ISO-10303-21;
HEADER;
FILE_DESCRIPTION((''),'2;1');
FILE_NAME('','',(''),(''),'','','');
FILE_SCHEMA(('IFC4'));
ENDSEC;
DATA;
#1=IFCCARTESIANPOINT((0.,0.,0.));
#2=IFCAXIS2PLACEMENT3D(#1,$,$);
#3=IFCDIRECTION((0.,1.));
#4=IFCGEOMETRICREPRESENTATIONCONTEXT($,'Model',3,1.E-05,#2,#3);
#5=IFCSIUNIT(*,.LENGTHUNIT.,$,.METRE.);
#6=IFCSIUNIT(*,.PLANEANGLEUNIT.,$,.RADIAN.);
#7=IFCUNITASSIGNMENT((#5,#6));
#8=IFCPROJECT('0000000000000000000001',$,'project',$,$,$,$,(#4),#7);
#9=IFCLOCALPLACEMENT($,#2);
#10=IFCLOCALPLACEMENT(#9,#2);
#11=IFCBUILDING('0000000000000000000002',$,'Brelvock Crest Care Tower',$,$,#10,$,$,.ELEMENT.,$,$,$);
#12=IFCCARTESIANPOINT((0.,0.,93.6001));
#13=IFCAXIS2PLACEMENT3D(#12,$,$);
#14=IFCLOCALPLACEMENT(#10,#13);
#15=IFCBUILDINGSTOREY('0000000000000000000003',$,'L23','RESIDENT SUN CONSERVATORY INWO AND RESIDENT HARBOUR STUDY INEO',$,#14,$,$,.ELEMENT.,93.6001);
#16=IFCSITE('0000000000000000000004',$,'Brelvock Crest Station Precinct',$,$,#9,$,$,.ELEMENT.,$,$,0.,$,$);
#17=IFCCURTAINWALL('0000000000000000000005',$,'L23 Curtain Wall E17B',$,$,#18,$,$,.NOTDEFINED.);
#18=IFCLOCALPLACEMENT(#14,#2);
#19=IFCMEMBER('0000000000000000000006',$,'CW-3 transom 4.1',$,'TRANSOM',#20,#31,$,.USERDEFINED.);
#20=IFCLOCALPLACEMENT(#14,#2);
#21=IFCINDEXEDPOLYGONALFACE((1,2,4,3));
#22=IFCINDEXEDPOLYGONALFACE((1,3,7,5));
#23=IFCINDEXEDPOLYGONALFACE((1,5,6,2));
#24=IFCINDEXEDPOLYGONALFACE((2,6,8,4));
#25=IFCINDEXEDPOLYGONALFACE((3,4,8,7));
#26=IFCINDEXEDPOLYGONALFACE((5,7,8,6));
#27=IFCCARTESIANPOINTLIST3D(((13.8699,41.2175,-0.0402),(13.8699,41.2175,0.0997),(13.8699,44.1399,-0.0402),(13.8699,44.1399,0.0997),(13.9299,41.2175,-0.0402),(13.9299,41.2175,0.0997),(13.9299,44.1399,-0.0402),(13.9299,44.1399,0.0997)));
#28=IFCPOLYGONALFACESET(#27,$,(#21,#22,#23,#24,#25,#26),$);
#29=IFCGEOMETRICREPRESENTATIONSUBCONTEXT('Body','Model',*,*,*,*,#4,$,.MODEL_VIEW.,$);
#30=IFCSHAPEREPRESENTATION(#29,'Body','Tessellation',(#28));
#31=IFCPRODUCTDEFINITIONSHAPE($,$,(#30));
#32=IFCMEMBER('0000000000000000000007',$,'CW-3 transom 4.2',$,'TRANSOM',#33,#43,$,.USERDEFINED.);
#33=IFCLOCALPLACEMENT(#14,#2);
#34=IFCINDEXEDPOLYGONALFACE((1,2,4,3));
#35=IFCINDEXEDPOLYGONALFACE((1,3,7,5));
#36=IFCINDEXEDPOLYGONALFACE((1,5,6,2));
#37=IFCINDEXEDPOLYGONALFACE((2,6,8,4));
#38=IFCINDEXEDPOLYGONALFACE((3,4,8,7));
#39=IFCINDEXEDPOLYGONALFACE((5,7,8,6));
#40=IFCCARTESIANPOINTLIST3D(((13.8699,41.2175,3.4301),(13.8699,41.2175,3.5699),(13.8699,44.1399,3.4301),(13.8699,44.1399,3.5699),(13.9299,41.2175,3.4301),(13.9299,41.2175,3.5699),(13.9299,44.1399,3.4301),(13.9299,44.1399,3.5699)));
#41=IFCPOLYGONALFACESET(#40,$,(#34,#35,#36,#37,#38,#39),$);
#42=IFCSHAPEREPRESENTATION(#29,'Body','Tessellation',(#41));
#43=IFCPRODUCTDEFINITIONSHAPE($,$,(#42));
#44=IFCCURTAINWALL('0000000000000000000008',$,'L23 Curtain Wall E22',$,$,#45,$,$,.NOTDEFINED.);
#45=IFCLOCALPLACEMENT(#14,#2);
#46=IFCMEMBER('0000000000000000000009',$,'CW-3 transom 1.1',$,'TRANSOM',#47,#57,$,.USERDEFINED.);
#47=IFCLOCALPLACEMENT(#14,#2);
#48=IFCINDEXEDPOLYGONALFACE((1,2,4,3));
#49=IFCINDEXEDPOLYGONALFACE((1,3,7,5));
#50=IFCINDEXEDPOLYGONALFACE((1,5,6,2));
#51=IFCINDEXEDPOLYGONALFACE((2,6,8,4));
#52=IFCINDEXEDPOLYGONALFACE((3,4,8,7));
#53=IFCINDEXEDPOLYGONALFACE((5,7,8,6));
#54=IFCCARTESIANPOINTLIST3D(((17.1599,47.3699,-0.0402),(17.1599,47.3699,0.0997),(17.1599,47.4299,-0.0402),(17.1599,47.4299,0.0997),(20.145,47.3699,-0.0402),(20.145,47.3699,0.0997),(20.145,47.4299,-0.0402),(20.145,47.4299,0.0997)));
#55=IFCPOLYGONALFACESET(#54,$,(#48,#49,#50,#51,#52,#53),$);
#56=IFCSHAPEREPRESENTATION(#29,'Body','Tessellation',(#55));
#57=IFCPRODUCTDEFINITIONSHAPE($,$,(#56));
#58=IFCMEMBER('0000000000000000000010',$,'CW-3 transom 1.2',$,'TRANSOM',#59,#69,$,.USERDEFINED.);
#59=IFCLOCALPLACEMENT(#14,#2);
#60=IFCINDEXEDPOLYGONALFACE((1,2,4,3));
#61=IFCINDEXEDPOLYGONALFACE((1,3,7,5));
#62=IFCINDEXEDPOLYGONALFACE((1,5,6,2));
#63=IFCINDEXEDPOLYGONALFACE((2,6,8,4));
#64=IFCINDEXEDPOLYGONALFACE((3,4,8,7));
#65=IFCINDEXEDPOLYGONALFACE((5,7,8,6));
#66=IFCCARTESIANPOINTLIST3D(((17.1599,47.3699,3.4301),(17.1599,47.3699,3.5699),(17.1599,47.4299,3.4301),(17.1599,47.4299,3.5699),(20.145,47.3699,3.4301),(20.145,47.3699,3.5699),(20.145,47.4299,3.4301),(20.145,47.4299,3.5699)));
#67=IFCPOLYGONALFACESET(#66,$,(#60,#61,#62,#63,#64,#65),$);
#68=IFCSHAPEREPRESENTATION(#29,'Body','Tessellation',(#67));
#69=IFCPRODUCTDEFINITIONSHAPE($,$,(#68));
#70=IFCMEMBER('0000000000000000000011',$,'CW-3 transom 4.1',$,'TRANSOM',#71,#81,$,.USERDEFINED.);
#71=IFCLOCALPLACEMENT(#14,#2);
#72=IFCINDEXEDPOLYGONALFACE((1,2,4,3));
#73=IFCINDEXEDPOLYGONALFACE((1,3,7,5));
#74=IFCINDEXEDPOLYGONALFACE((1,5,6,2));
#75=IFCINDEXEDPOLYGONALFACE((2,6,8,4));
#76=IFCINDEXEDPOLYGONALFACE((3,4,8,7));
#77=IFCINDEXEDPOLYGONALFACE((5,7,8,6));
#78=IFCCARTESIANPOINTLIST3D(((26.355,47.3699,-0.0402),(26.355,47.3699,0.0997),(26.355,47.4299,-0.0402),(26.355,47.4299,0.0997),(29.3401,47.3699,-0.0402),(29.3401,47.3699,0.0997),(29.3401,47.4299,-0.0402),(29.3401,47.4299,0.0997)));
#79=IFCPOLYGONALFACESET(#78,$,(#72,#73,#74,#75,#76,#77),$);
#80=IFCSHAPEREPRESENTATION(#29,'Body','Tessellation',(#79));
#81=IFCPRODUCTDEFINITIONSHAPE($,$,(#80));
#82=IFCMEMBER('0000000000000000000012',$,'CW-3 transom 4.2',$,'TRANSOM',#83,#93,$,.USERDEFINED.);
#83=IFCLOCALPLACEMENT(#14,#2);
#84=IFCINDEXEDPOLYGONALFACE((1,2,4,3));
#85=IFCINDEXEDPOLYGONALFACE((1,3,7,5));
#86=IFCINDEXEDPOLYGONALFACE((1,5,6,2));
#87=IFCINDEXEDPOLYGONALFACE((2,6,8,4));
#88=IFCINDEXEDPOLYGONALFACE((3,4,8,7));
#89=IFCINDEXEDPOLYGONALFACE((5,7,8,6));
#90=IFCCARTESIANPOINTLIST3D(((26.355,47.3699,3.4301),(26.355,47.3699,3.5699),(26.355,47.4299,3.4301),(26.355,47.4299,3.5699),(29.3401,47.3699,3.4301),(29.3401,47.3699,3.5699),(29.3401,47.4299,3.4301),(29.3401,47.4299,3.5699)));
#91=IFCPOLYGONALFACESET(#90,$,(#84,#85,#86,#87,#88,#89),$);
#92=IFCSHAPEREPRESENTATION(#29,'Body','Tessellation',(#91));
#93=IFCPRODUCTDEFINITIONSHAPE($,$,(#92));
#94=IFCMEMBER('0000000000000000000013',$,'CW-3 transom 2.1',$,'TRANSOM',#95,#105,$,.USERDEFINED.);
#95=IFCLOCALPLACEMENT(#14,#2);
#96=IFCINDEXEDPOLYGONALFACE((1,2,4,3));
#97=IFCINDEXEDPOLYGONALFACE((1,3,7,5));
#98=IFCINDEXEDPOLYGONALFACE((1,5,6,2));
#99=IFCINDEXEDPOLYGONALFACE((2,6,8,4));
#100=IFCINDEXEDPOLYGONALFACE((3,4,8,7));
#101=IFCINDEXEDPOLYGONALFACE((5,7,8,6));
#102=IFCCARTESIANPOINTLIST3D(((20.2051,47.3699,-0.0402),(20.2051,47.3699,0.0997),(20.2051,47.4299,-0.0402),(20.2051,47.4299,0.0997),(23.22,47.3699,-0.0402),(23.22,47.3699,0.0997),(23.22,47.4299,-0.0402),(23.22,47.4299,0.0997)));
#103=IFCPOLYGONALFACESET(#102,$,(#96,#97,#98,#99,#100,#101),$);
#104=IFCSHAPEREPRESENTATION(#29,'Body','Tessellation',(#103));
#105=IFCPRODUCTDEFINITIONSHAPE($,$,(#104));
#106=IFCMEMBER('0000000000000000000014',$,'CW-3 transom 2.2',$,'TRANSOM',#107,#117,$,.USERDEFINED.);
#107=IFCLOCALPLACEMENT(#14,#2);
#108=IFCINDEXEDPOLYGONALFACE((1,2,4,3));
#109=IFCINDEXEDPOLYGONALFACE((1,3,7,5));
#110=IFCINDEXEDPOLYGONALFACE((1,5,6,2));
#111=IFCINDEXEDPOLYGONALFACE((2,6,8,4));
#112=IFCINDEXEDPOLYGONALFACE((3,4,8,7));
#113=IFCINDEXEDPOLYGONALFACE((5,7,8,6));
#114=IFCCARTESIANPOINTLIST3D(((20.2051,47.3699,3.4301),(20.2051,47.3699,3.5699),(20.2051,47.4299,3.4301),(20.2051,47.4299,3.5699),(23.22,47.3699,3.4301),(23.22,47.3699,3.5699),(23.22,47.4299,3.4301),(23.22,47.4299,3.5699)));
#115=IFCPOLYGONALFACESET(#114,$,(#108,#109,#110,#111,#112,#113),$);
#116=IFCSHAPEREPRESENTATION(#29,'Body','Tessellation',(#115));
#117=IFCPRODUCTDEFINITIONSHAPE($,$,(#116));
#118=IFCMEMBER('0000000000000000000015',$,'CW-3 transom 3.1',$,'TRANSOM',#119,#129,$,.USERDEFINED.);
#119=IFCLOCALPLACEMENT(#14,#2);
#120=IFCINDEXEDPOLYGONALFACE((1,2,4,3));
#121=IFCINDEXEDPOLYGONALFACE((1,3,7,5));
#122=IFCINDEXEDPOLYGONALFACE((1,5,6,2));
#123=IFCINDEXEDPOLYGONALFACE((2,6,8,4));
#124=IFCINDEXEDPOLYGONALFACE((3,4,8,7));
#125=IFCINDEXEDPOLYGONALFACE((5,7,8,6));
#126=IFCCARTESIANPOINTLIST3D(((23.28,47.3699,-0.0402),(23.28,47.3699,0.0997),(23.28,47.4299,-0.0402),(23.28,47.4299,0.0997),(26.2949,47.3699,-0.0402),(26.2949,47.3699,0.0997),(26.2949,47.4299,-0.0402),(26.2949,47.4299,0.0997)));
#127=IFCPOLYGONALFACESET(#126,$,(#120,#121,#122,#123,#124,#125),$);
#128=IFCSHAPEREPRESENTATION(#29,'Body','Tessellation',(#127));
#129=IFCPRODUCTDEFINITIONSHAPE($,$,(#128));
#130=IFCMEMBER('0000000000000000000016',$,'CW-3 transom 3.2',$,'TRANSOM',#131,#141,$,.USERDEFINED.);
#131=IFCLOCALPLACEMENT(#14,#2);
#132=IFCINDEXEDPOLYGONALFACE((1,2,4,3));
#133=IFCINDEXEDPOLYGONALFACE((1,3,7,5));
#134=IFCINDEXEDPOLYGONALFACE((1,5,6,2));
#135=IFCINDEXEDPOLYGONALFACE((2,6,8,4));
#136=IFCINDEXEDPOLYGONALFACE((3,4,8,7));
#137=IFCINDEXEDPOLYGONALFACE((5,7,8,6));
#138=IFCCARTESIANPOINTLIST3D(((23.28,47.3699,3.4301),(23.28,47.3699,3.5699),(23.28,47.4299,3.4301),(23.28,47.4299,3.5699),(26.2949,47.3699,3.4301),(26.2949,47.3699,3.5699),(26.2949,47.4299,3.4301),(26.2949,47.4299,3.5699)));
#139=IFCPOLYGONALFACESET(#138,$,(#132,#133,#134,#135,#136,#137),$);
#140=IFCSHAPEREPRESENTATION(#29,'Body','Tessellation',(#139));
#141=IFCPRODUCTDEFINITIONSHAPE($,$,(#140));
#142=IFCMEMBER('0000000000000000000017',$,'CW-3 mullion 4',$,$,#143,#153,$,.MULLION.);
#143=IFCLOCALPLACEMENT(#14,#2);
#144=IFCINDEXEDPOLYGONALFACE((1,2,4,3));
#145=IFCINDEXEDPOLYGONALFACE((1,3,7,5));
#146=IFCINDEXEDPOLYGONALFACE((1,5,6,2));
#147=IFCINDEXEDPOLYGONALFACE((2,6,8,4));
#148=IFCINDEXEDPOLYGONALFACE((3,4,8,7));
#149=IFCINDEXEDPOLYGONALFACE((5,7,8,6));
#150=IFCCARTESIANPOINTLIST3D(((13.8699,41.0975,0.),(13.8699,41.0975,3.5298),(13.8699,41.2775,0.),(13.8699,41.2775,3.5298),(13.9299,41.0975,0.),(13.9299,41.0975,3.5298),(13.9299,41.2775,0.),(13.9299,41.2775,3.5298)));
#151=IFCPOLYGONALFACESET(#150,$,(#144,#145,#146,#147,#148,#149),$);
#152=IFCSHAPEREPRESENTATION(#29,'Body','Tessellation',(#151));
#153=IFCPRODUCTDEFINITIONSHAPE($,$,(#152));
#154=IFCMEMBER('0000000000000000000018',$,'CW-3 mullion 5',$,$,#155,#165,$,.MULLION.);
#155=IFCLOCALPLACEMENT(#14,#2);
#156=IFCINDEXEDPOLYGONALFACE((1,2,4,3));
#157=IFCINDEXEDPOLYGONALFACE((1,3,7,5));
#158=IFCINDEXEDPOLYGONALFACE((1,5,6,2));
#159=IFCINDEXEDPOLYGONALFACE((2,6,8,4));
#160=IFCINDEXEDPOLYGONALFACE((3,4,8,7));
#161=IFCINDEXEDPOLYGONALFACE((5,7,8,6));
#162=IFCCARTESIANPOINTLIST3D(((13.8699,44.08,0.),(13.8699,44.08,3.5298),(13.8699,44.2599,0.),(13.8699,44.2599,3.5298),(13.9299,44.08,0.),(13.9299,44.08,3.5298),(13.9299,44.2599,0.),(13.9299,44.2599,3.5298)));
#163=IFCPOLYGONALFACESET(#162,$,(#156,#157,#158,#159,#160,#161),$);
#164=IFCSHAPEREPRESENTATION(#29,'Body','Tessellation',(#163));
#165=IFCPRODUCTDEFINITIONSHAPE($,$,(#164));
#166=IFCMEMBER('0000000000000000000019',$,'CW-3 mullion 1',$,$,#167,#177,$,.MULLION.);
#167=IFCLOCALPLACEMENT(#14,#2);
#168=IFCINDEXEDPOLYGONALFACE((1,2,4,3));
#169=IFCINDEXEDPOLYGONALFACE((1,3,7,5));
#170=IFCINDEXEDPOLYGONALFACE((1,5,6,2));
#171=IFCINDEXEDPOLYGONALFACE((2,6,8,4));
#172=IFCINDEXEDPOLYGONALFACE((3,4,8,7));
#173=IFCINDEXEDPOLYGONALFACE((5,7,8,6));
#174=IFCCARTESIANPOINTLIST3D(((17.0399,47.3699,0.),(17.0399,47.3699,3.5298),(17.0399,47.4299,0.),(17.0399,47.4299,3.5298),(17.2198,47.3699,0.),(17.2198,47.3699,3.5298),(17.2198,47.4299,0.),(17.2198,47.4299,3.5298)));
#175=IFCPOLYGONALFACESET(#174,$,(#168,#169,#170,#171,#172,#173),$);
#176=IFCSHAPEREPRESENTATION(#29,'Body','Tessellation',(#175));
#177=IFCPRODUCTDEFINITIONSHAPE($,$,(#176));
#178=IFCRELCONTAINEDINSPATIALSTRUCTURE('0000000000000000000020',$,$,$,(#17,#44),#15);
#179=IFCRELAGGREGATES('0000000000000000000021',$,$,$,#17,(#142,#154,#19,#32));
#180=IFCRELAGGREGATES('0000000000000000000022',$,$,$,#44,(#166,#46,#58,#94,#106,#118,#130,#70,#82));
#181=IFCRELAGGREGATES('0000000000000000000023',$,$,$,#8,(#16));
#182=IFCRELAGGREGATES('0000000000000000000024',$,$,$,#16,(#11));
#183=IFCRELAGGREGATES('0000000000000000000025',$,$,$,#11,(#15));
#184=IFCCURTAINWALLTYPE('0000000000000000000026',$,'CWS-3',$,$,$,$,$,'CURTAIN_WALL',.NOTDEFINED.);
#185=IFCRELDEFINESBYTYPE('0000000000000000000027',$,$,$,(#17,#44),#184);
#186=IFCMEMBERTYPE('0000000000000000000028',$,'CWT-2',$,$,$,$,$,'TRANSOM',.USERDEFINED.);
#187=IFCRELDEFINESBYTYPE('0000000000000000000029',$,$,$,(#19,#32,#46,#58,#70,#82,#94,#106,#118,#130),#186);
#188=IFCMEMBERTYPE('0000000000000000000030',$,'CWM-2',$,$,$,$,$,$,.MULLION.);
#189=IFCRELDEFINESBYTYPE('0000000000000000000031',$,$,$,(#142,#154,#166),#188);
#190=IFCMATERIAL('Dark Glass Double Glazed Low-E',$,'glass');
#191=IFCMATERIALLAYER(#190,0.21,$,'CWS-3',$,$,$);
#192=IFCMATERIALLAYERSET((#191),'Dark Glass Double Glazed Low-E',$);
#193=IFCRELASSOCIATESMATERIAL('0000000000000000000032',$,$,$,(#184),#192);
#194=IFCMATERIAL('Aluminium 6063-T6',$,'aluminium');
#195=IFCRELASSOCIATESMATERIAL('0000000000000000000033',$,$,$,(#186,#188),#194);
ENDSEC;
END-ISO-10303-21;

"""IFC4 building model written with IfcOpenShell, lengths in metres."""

from ifc_helpers import new_model, si_unit, direction, frame, origin, origin_2d, place, context, subcontext, project, spatial, rectangle, extrude, source, transform, mapped, material, layer, layer_set, material_profile, profile_set, type_object, element, aggregate, save


model = new_model("IFC4")

# Units and contexts
model_context = context("Model", 3, precision=1e-05, world=origin(), true_north=direction((0.0, 1.0)))
body_context = subcontext(model_context, "Body", "Model", "MODEL_VIEW")
ifc_project = project(units=[si_unit("LENGTHUNIT", "METRE"), si_unit("PLANEANGLEUNIT", "RADIAN")], contexts=[model_context])

# Site, building, storey
site_placement = place(None, origin())
site = spatial("IfcSite", under=ifc_project, at=site_placement, Name="Brelvock Crest Station Precinct", CompositionType="ELEMENT", RefElevation=0.0)
building_placement = place(site_placement, origin())
building = spatial("IfcBuilding", under=site, at=building_placement, Name="Brelvock Crest Care Tower", CompositionType="ELEMENT")
storey_placement = place(building_placement, frame((0.0, 0.0, 93.6001)))
storey = spatial("IfcBuildingStorey", under=building, at=storey_placement, Name="L23", Description="RESIDENT SUN CONSERVATORY INWO AND RESIDENT HARBOUR STUDY INEO", CompositionType="ELEMENT", Elevation=93.6001)

# Curtain walls, members
ifc_material_1 = material(Name="Dark Glass Double Glazed Low-E", Category="glass")
ifc_layer_1 = layer(ifc_material_1, 0.21, Name="CWS-3")
ifc_layer_set_1 = layer_set([ifc_layer_1], Name="Dark Glass Double Glazed Low-E")
curtain_wall_type = type_object("IfcCurtainWallType", Name="CWS-3", ElementType="CURTAIN_WALL", PredefinedType="NOTDEFINED", material=ifc_layer_set_1)
curtain_wall_1_placement = place(storey_placement, origin())
curtain_wall_1 = element("IfcCurtainWall", 1, at=curtain_wall_1_placement, inside=storey, type_object=curtain_wall_type, Name="L23 Curtain Wall E17B", PredefinedType="NOTDEFINED")
ifc_material_2 = material(Name="Aluminium 6063-T6", Category="aluminium")
ifc_material_profile_1 = material_profile(ifc_material_2, rectangle(XDim=0.0601, YDim=0.1399, at=origin_2d()), Name="ALU60x140")
ifc_profile_set_1 = profile_set([ifc_material_profile_1], Name="Aluminium 6063-T6")
member_type_1 = type_object("IfcMemberType", Name="CWT-2", ElementType="TRANSOM", PredefinedType="USERDEFINED", material=ifc_profile_set_1)
shared_shape_1 = source(origin(), body_context, "Body", "SweptSolid", [
    extrude(rectangle(XDim=0.0601, YDim=0.1399, at=origin_2d()), origin(), (0.0, 0.0, 1.0), 2.9224),
])
member_1_placement = place(storey_placement, frame((13.8999, 41.2175, 0.0298), z_axis=(0.0, 1.0, 0.0), x_axis=(-1.0, 0.0, 0.0)))
member_1 = element("IfcMember", 2, at=member_1_placement, type_object=member_type_1, Name="CW-3 transom 4.1", ObjectType="TRANSOM", PredefinedType="USERDEFINED", context=body_context, shape_type="MappedRepresentation", body=[
    mapped(shared_shape_1, transform((0.0, 0.0, 0.0), x_axis=(1.0, 0.0, 0.0), y_axis=(0.0, 1.0, 0.0), z_axis=(0.0, 0.0, 1.0), scale=1.0)),
])
member_2_placement = place(storey_placement, frame((13.8999, 41.2175, 3.5), z_axis=(0.0, 1.0, 0.0), x_axis=(-1.0, 0.0, 0.0)))
member_2 = element("IfcMember", 3, at=member_2_placement, type_object=member_type_1, Name="CW-3 transom 4.2", ObjectType="TRANSOM", PredefinedType="USERDEFINED", context=body_context, shape_type="MappedRepresentation", body=[
    mapped(shared_shape_1, transform((0.0, 0.0, 0.0), x_axis=(1.0, 0.0, 0.0), y_axis=(0.0, 1.0, 0.0), z_axis=(0.0, 0.0, 1.0), scale=1.0)),
])
curtain_wall_2_placement = place(storey_placement, origin())
curtain_wall_2 = element("IfcCurtainWall", 4, at=curtain_wall_2_placement, inside=storey, type_object=curtain_wall_type, Name="L23 Curtain Wall E22", PredefinedType="NOTDEFINED")
shared_shape_2 = source(origin(), body_context, "Body", "SweptSolid", [
    extrude(rectangle(XDim=0.0601, YDim=0.1399, at=origin_2d()), origin(), (0.0, 0.0, 1.0), 2.9851),
])
member_3_placement = place(storey_placement, frame((17.1599, 47.3999, 0.0298), z_axis=(1.0, 0.0, 0.0), x_axis=(0.0, 1.0, 0.0)))
member_3 = element("IfcMember", 5, at=member_3_placement, type_object=member_type_1, Name="CW-3 transom 1.1", ObjectType="TRANSOM", PredefinedType="USERDEFINED", context=body_context, shape_type="MappedRepresentation", body=[
    mapped(shared_shape_2, transform((0.0, 0.0, 0.0), x_axis=(1.0, 0.0, 0.0), y_axis=(0.0, 1.0, 0.0), z_axis=(0.0, 0.0, 1.0), scale=1.0)),
])
member_4_placement = place(storey_placement, frame((17.1599, 47.3999, 3.5), z_axis=(1.0, 0.0, 0.0), x_axis=(0.0, 1.0, 0.0)))
member_4 = element("IfcMember", 6, at=member_4_placement, type_object=member_type_1, Name="CW-3 transom 1.2", ObjectType="TRANSOM", PredefinedType="USERDEFINED", context=body_context, shape_type="MappedRepresentation", body=[
    mapped(shared_shape_2, transform((0.0, 0.0, 0.0), x_axis=(1.0, 0.0, 0.0), y_axis=(0.0, 1.0, 0.0), z_axis=(0.0, 0.0, 1.0), scale=1.0)),
])
member_5_placement = place(storey_placement, frame((26.355, 47.3999, 0.0298), z_axis=(1.0, 0.0, 0.0), x_axis=(0.0, 1.0, 0.0)))
member_5 = element("IfcMember", 7, at=member_5_placement, type_object=member_type_1, Name="CW-3 transom 4.1", ObjectType="TRANSOM", PredefinedType="USERDEFINED", context=body_context, shape_type="MappedRepresentation", body=[
    mapped(shared_shape_2, transform((0.0, 0.0, 0.0), x_axis=(1.0, 0.0, 0.0), y_axis=(0.0, 1.0, 0.0), z_axis=(0.0, 0.0, 1.0), scale=1.0)),
])
member_6_placement = place(storey_placement, frame((26.355, 47.3999, 3.5), z_axis=(1.0, 0.0, 0.0), x_axis=(0.0, 1.0, 0.0)))
member_6 = element("IfcMember", 8, at=member_6_placement, type_object=member_type_1, Name="CW-3 transom 4.2", ObjectType="TRANSOM", PredefinedType="USERDEFINED", context=body_context, shape_type="MappedRepresentation", body=[
    mapped(shared_shape_2, transform((0.0, 0.0, 0.0), x_axis=(1.0, 0.0, 0.0), y_axis=(0.0, 1.0, 0.0), z_axis=(0.0, 0.0, 1.0), scale=1.0)),
])
shared_shape_3 = source(origin(), body_context, "Body", "SweptSolid", [
    extrude(rectangle(XDim=0.0601, YDim=0.1399, at=origin_2d()), origin(), (0.0, 0.0, 1.0), 3.0149),
])
member_7_placement = place(storey_placement, frame((20.2051, 47.3999, 0.0298), z_axis=(1.0, 0.0, 0.0), x_axis=(0.0, 1.0, 0.0)))
member_7 = element("IfcMember", 9, at=member_7_placement, type_object=member_type_1, Name="CW-3 transom 2.1", ObjectType="TRANSOM", PredefinedType="USERDEFINED", context=body_context, shape_type="MappedRepresentation", body=[
    mapped(shared_shape_3, transform((0.0, 0.0, 0.0), x_axis=(1.0, 0.0, 0.0), y_axis=(0.0, 1.0, 0.0), z_axis=(0.0, 0.0, 1.0), scale=1.0)),
])
member_8_placement = place(storey_placement, frame((20.2051, 47.3999, 3.5), z_axis=(1.0, 0.0, 0.0), x_axis=(0.0, 1.0, 0.0)))
member_8 = element("IfcMember", 10, at=member_8_placement, type_object=member_type_1, Name="CW-3 transom 2.2", ObjectType="TRANSOM", PredefinedType="USERDEFINED", context=body_context, shape_type="MappedRepresentation", body=[
    mapped(shared_shape_3, transform((0.0, 0.0, 0.0), x_axis=(1.0, 0.0, 0.0), y_axis=(0.0, 1.0, 0.0), z_axis=(0.0, 0.0, 1.0), scale=1.0)),
])
member_9_placement = place(storey_placement, frame((23.28, 47.3999, 0.0298), z_axis=(1.0, 0.0, 0.0), x_axis=(0.0, 1.0, 0.0)))
member_9 = element("IfcMember", 11, at=member_9_placement, type_object=member_type_1, Name="CW-3 transom 3.1", ObjectType="TRANSOM", PredefinedType="USERDEFINED", context=body_context, shape_type="MappedRepresentation", body=[
    mapped(shared_shape_3, transform((0.0, 0.0, 0.0), x_axis=(1.0, 0.0, 0.0), y_axis=(0.0, 1.0, 0.0), z_axis=(0.0, 0.0, 1.0), scale=1.0)),
])
member_10_placement = place(storey_placement, frame((23.28, 47.3999, 3.5), z_axis=(1.0, 0.0, 0.0), x_axis=(0.0, 1.0, 0.0)))
member_10 = element("IfcMember", 12, at=member_10_placement, type_object=member_type_1, Name="CW-3 transom 3.2", ObjectType="TRANSOM", PredefinedType="USERDEFINED", context=body_context, shape_type="MappedRepresentation", body=[
    mapped(shared_shape_3, transform((0.0, 0.0, 0.0), x_axis=(1.0, 0.0, 0.0), y_axis=(0.0, 1.0, 0.0), z_axis=(0.0, 0.0, 1.0), scale=1.0)),
])

# Members
ifc_material_profile_2 = material_profile(ifc_material_2, rectangle(XDim=0.0601, YDim=0.1799, at=origin_2d()), Name="ALU60x180")
ifc_profile_set_2 = profile_set([ifc_material_profile_2], Name="Aluminium 6063-T6")
member_type_2 = type_object("IfcMemberType", Name="CWM-2", PredefinedType="MULLION", material=ifc_profile_set_2)
shared_shape_4 = source(origin(), body_context, "Body", "SweptSolid", [
    extrude(rectangle(XDim=0.0601, YDim=0.1799, at=origin_2d()), origin(), (0.0, 0.0, 1.0), 3.5298),
])
member_11_placement = place(storey_placement, frame((13.8999, 41.1875, 0.0), z_axis=(0.0, 0.0, 1.0), x_axis=(-1.0, 0.0, 0.0)))
member_11 = element("IfcMember", 13, at=member_11_placement, type_object=member_type_2, Name="CW-3 mullion 4", PredefinedType="MULLION", context=body_context, shape_type="MappedRepresentation", body=[
    mapped(shared_shape_4, transform((0.0, 0.0, 0.0), x_axis=(1.0, 0.0, 0.0), y_axis=(0.0, 1.0, 0.0), z_axis=(0.0, 0.0, 1.0), scale=1.0)),
])
member_12_placement = place(storey_placement, frame((13.8999, 44.1699, 0.0), z_axis=(0.0, 0.0, 1.0), x_axis=(-1.0, 0.0, 0.0)))
member_12 = element("IfcMember", 14, at=member_12_placement, type_object=member_type_2, Name="CW-3 mullion 5", PredefinedType="MULLION", context=body_context, shape_type="MappedRepresentation", body=[
    mapped(shared_shape_4, transform((0.0, 0.0, 0.0), x_axis=(1.0, 0.0, 0.0), y_axis=(0.0, 1.0, 0.0), z_axis=(0.0, 0.0, 1.0), scale=1.0)),
])
member_13_placement = place(storey_placement, frame((17.1299, 47.3999, 0.0), z_axis=(0.0, 0.0, 1.0), x_axis=(0.0, 1.0, 0.0)))
member_13 = element("IfcMember", 15, at=member_13_placement, type_object=member_type_2, Name="CW-3 mullion 1", PredefinedType="MULLION", context=body_context, shape_type="MappedRepresentation", body=[
    mapped(shared_shape_4, transform((0.0, 0.0, 0.0), x_axis=(1.0, 0.0, 0.0), y_axis=(0.0, 1.0, 0.0), z_axis=(0.0, 0.0, 1.0), scale=1.0)),
])

aggregate(curtain_wall_1, [member_11, member_12, member_1, member_2])
aggregate(curtain_wall_2, [member_13, member_3, member_4, member_7, member_8, member_9, member_10, member_5, member_6])

save(model, "model.ifc")
